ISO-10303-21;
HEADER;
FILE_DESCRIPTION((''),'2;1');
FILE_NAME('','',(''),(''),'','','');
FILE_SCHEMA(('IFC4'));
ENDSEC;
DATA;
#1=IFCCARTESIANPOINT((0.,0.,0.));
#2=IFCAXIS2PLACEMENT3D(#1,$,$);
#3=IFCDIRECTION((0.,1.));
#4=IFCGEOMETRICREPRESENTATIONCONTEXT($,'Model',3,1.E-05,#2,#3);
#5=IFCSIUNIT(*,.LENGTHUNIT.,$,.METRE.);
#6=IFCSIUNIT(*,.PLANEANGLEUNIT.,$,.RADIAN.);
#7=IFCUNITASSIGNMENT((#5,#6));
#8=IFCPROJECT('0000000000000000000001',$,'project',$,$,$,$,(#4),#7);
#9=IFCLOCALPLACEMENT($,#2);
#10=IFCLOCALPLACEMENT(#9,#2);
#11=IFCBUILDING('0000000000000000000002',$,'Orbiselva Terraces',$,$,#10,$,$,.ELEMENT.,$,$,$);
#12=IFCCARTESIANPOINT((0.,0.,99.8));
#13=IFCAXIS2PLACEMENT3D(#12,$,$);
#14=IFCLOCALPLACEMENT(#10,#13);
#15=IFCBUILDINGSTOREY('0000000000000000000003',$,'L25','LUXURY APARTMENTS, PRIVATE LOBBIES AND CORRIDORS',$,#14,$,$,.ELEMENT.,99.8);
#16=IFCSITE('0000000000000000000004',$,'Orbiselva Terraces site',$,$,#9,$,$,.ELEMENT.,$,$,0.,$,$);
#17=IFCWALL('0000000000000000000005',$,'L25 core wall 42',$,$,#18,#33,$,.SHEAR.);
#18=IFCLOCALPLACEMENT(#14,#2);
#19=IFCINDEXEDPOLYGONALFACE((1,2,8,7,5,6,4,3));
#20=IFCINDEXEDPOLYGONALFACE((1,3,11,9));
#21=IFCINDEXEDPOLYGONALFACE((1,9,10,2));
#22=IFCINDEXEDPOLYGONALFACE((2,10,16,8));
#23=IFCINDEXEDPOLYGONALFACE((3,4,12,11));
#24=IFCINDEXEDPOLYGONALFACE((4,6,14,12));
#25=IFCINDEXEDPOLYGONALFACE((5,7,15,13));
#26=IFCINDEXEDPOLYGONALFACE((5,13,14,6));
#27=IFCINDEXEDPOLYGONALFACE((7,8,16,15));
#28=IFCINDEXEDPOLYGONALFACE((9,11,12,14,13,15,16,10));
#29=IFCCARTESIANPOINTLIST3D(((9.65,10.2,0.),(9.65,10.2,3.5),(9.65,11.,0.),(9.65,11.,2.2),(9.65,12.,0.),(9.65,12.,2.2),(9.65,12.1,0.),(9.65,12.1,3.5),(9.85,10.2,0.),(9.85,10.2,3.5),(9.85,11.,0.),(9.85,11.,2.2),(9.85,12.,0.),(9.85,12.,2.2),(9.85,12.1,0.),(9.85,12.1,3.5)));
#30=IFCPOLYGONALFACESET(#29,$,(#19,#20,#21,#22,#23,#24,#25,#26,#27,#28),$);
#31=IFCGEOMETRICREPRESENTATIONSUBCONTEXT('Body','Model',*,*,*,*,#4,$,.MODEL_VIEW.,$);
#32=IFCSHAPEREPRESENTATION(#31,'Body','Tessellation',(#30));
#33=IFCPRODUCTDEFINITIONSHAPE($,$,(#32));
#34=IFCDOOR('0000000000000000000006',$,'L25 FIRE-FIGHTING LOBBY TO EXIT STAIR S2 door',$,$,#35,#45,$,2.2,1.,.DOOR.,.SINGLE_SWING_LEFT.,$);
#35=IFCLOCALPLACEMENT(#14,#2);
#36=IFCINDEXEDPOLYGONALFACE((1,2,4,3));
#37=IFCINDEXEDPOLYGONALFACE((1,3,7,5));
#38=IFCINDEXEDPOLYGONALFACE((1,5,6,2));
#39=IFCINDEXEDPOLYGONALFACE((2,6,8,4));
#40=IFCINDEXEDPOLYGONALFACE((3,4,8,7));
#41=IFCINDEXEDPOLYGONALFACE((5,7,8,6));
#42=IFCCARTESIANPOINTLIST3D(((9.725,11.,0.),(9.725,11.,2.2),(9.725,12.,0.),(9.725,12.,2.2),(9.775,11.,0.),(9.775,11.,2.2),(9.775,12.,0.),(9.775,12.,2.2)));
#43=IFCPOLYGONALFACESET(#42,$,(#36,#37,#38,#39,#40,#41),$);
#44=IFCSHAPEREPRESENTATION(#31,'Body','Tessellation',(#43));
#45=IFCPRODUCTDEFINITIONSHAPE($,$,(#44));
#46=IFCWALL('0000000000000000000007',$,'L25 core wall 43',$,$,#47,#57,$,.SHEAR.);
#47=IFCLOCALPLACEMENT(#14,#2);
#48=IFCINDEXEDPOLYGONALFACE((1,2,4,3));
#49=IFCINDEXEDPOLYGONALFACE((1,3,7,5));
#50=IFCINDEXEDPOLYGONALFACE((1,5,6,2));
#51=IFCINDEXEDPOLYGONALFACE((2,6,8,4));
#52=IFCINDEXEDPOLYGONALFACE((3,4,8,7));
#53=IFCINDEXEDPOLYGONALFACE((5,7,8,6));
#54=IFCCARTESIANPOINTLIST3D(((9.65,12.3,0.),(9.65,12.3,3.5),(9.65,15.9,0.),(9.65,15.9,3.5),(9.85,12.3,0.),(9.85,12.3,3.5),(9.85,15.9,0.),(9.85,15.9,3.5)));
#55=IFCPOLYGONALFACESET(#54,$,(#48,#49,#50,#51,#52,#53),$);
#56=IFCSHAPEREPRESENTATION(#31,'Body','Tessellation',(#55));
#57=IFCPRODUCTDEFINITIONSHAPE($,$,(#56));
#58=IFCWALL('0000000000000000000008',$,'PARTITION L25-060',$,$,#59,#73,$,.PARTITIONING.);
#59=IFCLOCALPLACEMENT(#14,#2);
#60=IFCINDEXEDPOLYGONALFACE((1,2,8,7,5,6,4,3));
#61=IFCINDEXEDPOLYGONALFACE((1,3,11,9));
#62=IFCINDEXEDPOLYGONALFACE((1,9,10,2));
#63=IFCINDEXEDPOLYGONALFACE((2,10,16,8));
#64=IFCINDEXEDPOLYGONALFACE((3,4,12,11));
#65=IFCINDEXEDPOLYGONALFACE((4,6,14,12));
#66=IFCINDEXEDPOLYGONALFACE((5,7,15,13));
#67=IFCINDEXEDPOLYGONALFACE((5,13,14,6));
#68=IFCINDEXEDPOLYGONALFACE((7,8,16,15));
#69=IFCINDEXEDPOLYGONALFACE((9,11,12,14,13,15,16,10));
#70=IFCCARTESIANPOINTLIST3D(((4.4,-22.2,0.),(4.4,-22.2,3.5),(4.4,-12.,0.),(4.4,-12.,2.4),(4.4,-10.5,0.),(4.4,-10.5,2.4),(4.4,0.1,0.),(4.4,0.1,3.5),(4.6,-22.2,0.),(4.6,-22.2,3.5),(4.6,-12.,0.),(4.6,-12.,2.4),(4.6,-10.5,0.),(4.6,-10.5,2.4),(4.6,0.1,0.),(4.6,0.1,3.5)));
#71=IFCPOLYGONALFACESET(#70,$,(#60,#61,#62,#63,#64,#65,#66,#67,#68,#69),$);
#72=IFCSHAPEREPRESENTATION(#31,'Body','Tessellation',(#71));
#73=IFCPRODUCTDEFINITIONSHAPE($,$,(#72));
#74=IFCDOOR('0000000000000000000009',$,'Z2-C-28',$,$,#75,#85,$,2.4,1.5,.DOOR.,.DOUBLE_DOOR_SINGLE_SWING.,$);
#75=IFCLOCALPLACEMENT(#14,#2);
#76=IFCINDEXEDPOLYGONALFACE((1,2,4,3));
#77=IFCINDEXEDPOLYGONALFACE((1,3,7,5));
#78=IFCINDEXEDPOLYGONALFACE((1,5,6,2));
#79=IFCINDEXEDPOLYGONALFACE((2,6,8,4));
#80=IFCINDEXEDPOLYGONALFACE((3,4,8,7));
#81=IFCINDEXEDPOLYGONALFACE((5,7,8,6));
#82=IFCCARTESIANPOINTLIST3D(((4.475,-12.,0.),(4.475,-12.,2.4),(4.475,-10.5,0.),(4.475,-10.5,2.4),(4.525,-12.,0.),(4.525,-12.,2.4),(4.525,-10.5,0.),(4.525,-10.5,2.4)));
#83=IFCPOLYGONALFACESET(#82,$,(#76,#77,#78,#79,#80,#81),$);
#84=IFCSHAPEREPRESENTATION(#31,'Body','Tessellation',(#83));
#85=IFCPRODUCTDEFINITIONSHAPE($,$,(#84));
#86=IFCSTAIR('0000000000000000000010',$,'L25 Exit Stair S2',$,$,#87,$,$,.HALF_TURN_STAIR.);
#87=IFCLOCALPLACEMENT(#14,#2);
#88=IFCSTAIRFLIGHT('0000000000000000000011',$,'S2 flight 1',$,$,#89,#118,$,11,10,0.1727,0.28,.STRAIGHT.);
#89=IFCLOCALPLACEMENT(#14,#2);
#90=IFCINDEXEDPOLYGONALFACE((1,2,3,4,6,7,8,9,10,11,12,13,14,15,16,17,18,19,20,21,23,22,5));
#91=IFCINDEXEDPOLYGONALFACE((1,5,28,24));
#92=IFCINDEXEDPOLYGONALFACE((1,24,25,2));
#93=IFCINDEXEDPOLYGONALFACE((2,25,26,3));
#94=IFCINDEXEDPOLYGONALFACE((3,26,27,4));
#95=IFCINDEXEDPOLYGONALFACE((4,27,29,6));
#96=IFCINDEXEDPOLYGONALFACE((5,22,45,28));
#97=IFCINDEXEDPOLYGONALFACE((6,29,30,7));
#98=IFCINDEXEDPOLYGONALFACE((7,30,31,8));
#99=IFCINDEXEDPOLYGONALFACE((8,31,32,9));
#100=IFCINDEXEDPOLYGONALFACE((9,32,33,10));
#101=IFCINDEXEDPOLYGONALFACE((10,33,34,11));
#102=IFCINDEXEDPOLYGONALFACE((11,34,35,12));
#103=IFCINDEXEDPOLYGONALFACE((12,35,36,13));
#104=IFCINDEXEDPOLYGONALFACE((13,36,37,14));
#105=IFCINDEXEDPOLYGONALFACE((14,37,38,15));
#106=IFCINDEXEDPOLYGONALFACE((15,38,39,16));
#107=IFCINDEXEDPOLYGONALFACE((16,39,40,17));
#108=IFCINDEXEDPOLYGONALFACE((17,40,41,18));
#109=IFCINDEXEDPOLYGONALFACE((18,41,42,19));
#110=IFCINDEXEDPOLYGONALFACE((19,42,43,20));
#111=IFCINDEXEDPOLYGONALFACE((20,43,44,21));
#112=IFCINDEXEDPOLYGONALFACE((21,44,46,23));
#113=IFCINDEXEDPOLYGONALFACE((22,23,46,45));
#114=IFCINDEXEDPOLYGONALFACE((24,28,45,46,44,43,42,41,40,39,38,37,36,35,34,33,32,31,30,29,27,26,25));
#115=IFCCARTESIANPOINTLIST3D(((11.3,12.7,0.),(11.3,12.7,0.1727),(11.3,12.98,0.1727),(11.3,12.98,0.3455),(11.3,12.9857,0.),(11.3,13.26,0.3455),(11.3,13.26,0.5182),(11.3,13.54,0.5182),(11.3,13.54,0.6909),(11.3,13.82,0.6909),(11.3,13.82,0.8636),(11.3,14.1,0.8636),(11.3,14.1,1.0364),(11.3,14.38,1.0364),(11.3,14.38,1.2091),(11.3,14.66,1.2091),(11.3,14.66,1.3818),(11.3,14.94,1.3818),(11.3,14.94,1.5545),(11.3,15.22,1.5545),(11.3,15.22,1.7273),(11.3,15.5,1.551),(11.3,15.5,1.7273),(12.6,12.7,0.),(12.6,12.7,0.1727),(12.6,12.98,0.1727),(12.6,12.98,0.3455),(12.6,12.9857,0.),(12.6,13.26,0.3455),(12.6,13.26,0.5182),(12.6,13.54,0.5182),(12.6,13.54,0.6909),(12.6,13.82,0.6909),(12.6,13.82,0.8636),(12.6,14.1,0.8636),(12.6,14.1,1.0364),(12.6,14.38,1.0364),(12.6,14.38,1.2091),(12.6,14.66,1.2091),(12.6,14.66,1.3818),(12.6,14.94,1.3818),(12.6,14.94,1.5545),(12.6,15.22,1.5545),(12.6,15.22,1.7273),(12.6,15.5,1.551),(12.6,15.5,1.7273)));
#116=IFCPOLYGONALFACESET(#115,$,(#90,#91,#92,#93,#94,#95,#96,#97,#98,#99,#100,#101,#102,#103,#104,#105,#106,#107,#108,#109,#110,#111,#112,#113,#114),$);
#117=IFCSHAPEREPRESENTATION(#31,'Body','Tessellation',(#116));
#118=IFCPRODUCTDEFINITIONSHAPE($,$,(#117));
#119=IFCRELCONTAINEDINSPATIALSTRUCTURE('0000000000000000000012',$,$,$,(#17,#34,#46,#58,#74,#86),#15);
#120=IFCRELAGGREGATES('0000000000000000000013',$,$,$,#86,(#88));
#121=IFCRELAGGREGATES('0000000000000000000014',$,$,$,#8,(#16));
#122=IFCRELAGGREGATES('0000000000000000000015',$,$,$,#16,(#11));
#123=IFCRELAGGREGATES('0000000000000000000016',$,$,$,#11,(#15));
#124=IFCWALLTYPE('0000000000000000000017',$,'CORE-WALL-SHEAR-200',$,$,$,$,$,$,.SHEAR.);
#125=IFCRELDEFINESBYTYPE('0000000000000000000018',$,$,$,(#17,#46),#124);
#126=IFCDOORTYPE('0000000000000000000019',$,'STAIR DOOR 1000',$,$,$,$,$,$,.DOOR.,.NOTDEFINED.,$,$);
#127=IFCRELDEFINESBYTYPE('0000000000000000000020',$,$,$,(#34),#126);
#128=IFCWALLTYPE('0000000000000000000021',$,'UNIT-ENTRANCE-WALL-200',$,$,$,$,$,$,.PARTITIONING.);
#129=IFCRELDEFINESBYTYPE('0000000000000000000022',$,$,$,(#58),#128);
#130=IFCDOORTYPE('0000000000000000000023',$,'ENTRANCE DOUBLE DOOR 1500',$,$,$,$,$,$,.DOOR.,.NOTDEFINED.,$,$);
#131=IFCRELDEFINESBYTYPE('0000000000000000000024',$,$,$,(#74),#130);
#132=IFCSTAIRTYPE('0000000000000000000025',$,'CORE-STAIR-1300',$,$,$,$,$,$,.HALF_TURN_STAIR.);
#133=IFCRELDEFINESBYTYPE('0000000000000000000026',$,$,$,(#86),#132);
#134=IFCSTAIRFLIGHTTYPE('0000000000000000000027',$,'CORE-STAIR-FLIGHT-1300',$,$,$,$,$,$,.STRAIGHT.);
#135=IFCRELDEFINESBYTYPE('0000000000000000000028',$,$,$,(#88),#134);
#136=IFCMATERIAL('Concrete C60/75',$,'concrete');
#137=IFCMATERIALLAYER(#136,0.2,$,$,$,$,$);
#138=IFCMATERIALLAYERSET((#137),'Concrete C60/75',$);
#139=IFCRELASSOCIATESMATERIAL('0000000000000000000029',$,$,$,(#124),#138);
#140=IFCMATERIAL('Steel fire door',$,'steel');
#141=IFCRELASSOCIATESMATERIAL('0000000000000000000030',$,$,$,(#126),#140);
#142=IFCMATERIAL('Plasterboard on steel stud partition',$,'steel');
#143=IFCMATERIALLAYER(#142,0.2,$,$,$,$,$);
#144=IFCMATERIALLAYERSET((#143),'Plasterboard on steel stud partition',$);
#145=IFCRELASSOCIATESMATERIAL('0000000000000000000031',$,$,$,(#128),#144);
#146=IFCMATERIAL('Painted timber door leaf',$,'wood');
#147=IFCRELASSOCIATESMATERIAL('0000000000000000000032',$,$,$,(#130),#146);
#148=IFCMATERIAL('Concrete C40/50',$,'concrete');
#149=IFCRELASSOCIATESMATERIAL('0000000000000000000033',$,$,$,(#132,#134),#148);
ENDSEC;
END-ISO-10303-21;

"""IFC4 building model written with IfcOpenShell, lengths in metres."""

from ifc_helpers import new_model, si_unit, direction, frame, frame_2d, origin, place, context, subcontext, project, spatial, polyline, rectangle, outline, extrude, material, layer, layer_set, type_object, element, fill, aggregate, save


model = new_model("IFC4")

# Units and contexts
model_context = context("Model", 3, precision=1e-05, world=origin(), true_north=direction((0.0, 1.0)))
body_context = subcontext(model_context, "Body", "Model", "MODEL_VIEW")
ifc_project = project(units=[si_unit("LENGTHUNIT", "METRE"), si_unit("PLANEANGLEUNIT", "RADIAN")], contexts=[model_context])

# Site, building, storey
site_placement = place(None, origin())
site = spatial("IfcSite", under=ifc_project, at=site_placement, Name="Orbiselva Terraces site", CompositionType="ELEMENT", RefElevation=0.0)
building_placement = place(site_placement, origin())
building = spatial("IfcBuilding", under=site, at=building_placement, Name="Orbiselva Terraces", CompositionType="ELEMENT")
storey_placement = place(building_placement, frame((0.0, 0.0, 99.8)))
storey = spatial("IfcBuildingStorey", under=building, at=storey_placement, Name="L25", Description="LUXURY APARTMENTS, PRIVATE LOBBIES AND CORRIDORS", CompositionType="ELEMENT", Elevation=99.8)

# Shared definitions
ifc_material_1 = material(Name="Concrete C60/75", Category="concrete")
ifc_layer_1 = layer(ifc_material_1, 0.2)
ifc_layer_set_1 = layer_set([ifc_layer_1], Name="Concrete C60/75")
wall_type_1 = type_object("IfcWallType", Name="CORE-WALL-SHEAR-200", PredefinedType="SHEAR", material=ifc_layer_set_1)
ifc_material_2 = material(Name="Steel fire door", Category="steel")

# Wall, opening, door
wall_1_placement = place(storey_placement, frame((9.75, 12.1, 0.0), z_axis=(0.0, 0.0, 1.0), x_axis=(0.0, -1.0, 0.0)))
wall_1 = element("IfcWall", 1, at=wall_1_placement, inside=storey, type_object=wall_type_1, Name="L25 core wall 42", PredefinedType="SHEAR", context=body_context, shape_type="SweptSolid", body=[
    extrude(rectangle(XDim=1.9, YDim=0.2, at=frame_2d((0.95, 0.0))), origin(), (0.0, 0.0, 1.0), 3.5),
])
opening_1_placement = place(wall_1_placement, frame((0.1, 0.0, 0.0)))
opening_1 = element("IfcOpeningElement", 2, at=opening_1_placement, cuts=wall_1, PredefinedType="OPENING", context=body_context, shape_type="SweptSolid", body=[
    extrude(rectangle(XDim=1.0, YDim=2.2, at=frame_2d((0.5, 1.1))), frame((0.0, 0.11, 0.0), z_axis=(0.0, -1.0, 0.0), x_axis=(1.0, 0.0, 0.0)), (0.0, 0.0, 1.0), 0.22),
])
door_type_1 = type_object("IfcDoorType", Name="STAIR DOOR 1000", OperationType="NOTDEFINED", PredefinedType="DOOR", material=ifc_material_2)
door_1_placement = place(opening_1_placement, origin())
door_1 = element("IfcDoor", 3, at=door_1_placement, inside=storey, type_object=door_type_1, Name="L25 FIRE-FIGHTING LOBBY TO EXIT STAIR S2 door", OperationType="SINGLE_SWING_LEFT", OverallHeight=2.2, OverallWidth=1.0, PredefinedType="DOOR", context=body_context, shape_type="SweptSolid", body=[
    extrude(rectangle(XDim=1.0, YDim=2.2, at=frame_2d((0.5, 1.1))), frame((0.0, 0.025, 0.0), z_axis=(0.0, -1.0, 0.0), x_axis=(1.0, 0.0, 0.0)), (0.0, 0.0, 1.0), 0.05),
])
fill(opening_1, door_1)

# Wall
wall_2_placement = place(storey_placement, frame((9.75, 12.3, 0.0), z_axis=(0.0, 0.0, 1.0), x_axis=(0.0, 1.0, 0.0)))
element("IfcWall", 4, at=wall_2_placement, inside=storey, type_object=wall_type_1, Name="L25 core wall 43", PredefinedType="SHEAR", context=body_context, shape_type="SweptSolid", body=[
    extrude(rectangle(XDim=3.6, YDim=0.2, at=frame_2d((1.8, 0.0))), origin(), (0.0, 0.0, 1.0), 3.5),
])

# Wall, opening, door
ifc_material_3 = material(Name="Plasterboard on steel stud partition", Category="steel")
ifc_layer_2 = layer(ifc_material_3, 0.2)
ifc_layer_set_2 = layer_set([ifc_layer_2], Name="Plasterboard on steel stud partition")
wall_type_2 = type_object("IfcWallType", Name="UNIT-ENTRANCE-WALL-200", PredefinedType="PARTITIONING", material=ifc_layer_set_2)
wall_3_placement = place(storey_placement, frame((4.5, 0.1, 0.0), z_axis=(0.0, 0.0, 1.0), x_axis=(0.0, -1.0, 0.0)))
wall_3 = element("IfcWall", 5, at=wall_3_placement, inside=storey, type_object=wall_type_2, Name="PARTITION L25-060", PredefinedType="PARTITIONING", context=body_context, shape_type="SweptSolid", body=[
    extrude(rectangle(XDim=22.3, YDim=0.2, at=frame_2d((11.15, 0.0))), origin(), (0.0, 0.0, 1.0), 3.5),
])
opening_2_placement = place(wall_3_placement, frame((10.6, 0.0, 0.0)))
opening_2 = element("IfcOpeningElement", 6, at=opening_2_placement, cuts=wall_3, PredefinedType="OPENING", context=body_context, shape_type="SweptSolid", body=[
    extrude(rectangle(XDim=1.5, YDim=2.4, at=frame_2d((0.75, 1.2))), frame((0.0, 0.11, 0.0), z_axis=(0.0, -1.0, 0.0), x_axis=(1.0, 0.0, 0.0)), (0.0, 0.0, 1.0), 0.22),
])
ifc_material_4 = material(Name="Painted timber door leaf", Category="wood")
door_type_2 = type_object("IfcDoorType", Name="ENTRANCE DOUBLE DOOR 1500", OperationType="NOTDEFINED", PredefinedType="DOOR", material=ifc_material_4)
door_2_placement = place(opening_2_placement, origin())
door_2 = element("IfcDoor", 7, at=door_2_placement, inside=storey, type_object=door_type_2, Name="Z2-C-28", OperationType="DOUBLE_DOOR_SINGLE_SWING", OverallHeight=2.4, OverallWidth=1.5, PredefinedType="DOOR", context=body_context, shape_type="SweptSolid", body=[
    extrude(rectangle(XDim=1.5, YDim=2.4, at=frame_2d((0.75, 1.2))), frame((0.0, 0.025, 0.0), z_axis=(0.0, -1.0, 0.0), x_axis=(1.0, 0.0, 0.0)), (0.0, 0.0, 1.0), 0.05),
])
fill(opening_2, door_2)

# Stair, stair flight
ifc_material_5 = material(Name="Concrete C40/50", Category="concrete")
stair_type = type_object("IfcStairType", Name="CORE-STAIR-1300", PredefinedType="HALF_TURN_STAIR", material=ifc_material_5)
stair_placement = place(storey_placement, origin())
stair = element("IfcStair", 8, at=stair_placement, inside=storey, type_object=stair_type, Name="L25 Exit Stair S2", PredefinedType="HALF_TURN_STAIR")
stair_flight_type = type_object("IfcStairFlightType", Name="CORE-STAIR-FLIGHT-1300", PredefinedType="STRAIGHT", material=ifc_material_5)
stair_flight_placement = place(storey_placement, frame((11.95, 12.7, 0.0), z_axis=(0.0, 0.0, 1.0), x_axis=(0.0, 1.0, 0.0)))
stair_flight = element("IfcStairFlight", 9, at=stair_flight_placement, type_object=stair_flight_type, Name="S2 flight 1", NumberOfRisers=11, NumberOfTreads=10, PredefinedType="STRAIGHT", RiserHeight=0.1727, TreadLength=0.28, context=body_context, shape_type="SweptSolid", body=[
    extrude(outline(polyline([(0.0, 0.0), (0.0, 0.1727), (0.28, 0.1727), (0.28, 0.3455), (0.56, 0.3455), (0.56, 0.5182), (0.84, 0.5182), (0.84, 0.6909), (1.12, 0.6909), (1.12, 0.8636), (1.4, 0.8636), (1.4, 1.0364), (1.68, 1.0364), (1.68, 1.2091), (1.96, 1.2091), (1.96, 1.3818), (2.24, 1.3818), (2.24, 1.5545), (2.52, 1.5545), (2.52, 1.7273), (2.8, 1.7273), (2.8, 1.9), (2.8, 1.551), (0.2857, 0.0), (0.0, 0.0)])), frame((0.0, 0.65, 0.0), z_axis=(0.0, -1.0, 0.0), x_axis=(1.0, 0.0, 0.0)), (0.0, 0.0, 1.0), 1.3),
])
aggregate(stair, [stair_flight])

save(model, "model.ifc")
